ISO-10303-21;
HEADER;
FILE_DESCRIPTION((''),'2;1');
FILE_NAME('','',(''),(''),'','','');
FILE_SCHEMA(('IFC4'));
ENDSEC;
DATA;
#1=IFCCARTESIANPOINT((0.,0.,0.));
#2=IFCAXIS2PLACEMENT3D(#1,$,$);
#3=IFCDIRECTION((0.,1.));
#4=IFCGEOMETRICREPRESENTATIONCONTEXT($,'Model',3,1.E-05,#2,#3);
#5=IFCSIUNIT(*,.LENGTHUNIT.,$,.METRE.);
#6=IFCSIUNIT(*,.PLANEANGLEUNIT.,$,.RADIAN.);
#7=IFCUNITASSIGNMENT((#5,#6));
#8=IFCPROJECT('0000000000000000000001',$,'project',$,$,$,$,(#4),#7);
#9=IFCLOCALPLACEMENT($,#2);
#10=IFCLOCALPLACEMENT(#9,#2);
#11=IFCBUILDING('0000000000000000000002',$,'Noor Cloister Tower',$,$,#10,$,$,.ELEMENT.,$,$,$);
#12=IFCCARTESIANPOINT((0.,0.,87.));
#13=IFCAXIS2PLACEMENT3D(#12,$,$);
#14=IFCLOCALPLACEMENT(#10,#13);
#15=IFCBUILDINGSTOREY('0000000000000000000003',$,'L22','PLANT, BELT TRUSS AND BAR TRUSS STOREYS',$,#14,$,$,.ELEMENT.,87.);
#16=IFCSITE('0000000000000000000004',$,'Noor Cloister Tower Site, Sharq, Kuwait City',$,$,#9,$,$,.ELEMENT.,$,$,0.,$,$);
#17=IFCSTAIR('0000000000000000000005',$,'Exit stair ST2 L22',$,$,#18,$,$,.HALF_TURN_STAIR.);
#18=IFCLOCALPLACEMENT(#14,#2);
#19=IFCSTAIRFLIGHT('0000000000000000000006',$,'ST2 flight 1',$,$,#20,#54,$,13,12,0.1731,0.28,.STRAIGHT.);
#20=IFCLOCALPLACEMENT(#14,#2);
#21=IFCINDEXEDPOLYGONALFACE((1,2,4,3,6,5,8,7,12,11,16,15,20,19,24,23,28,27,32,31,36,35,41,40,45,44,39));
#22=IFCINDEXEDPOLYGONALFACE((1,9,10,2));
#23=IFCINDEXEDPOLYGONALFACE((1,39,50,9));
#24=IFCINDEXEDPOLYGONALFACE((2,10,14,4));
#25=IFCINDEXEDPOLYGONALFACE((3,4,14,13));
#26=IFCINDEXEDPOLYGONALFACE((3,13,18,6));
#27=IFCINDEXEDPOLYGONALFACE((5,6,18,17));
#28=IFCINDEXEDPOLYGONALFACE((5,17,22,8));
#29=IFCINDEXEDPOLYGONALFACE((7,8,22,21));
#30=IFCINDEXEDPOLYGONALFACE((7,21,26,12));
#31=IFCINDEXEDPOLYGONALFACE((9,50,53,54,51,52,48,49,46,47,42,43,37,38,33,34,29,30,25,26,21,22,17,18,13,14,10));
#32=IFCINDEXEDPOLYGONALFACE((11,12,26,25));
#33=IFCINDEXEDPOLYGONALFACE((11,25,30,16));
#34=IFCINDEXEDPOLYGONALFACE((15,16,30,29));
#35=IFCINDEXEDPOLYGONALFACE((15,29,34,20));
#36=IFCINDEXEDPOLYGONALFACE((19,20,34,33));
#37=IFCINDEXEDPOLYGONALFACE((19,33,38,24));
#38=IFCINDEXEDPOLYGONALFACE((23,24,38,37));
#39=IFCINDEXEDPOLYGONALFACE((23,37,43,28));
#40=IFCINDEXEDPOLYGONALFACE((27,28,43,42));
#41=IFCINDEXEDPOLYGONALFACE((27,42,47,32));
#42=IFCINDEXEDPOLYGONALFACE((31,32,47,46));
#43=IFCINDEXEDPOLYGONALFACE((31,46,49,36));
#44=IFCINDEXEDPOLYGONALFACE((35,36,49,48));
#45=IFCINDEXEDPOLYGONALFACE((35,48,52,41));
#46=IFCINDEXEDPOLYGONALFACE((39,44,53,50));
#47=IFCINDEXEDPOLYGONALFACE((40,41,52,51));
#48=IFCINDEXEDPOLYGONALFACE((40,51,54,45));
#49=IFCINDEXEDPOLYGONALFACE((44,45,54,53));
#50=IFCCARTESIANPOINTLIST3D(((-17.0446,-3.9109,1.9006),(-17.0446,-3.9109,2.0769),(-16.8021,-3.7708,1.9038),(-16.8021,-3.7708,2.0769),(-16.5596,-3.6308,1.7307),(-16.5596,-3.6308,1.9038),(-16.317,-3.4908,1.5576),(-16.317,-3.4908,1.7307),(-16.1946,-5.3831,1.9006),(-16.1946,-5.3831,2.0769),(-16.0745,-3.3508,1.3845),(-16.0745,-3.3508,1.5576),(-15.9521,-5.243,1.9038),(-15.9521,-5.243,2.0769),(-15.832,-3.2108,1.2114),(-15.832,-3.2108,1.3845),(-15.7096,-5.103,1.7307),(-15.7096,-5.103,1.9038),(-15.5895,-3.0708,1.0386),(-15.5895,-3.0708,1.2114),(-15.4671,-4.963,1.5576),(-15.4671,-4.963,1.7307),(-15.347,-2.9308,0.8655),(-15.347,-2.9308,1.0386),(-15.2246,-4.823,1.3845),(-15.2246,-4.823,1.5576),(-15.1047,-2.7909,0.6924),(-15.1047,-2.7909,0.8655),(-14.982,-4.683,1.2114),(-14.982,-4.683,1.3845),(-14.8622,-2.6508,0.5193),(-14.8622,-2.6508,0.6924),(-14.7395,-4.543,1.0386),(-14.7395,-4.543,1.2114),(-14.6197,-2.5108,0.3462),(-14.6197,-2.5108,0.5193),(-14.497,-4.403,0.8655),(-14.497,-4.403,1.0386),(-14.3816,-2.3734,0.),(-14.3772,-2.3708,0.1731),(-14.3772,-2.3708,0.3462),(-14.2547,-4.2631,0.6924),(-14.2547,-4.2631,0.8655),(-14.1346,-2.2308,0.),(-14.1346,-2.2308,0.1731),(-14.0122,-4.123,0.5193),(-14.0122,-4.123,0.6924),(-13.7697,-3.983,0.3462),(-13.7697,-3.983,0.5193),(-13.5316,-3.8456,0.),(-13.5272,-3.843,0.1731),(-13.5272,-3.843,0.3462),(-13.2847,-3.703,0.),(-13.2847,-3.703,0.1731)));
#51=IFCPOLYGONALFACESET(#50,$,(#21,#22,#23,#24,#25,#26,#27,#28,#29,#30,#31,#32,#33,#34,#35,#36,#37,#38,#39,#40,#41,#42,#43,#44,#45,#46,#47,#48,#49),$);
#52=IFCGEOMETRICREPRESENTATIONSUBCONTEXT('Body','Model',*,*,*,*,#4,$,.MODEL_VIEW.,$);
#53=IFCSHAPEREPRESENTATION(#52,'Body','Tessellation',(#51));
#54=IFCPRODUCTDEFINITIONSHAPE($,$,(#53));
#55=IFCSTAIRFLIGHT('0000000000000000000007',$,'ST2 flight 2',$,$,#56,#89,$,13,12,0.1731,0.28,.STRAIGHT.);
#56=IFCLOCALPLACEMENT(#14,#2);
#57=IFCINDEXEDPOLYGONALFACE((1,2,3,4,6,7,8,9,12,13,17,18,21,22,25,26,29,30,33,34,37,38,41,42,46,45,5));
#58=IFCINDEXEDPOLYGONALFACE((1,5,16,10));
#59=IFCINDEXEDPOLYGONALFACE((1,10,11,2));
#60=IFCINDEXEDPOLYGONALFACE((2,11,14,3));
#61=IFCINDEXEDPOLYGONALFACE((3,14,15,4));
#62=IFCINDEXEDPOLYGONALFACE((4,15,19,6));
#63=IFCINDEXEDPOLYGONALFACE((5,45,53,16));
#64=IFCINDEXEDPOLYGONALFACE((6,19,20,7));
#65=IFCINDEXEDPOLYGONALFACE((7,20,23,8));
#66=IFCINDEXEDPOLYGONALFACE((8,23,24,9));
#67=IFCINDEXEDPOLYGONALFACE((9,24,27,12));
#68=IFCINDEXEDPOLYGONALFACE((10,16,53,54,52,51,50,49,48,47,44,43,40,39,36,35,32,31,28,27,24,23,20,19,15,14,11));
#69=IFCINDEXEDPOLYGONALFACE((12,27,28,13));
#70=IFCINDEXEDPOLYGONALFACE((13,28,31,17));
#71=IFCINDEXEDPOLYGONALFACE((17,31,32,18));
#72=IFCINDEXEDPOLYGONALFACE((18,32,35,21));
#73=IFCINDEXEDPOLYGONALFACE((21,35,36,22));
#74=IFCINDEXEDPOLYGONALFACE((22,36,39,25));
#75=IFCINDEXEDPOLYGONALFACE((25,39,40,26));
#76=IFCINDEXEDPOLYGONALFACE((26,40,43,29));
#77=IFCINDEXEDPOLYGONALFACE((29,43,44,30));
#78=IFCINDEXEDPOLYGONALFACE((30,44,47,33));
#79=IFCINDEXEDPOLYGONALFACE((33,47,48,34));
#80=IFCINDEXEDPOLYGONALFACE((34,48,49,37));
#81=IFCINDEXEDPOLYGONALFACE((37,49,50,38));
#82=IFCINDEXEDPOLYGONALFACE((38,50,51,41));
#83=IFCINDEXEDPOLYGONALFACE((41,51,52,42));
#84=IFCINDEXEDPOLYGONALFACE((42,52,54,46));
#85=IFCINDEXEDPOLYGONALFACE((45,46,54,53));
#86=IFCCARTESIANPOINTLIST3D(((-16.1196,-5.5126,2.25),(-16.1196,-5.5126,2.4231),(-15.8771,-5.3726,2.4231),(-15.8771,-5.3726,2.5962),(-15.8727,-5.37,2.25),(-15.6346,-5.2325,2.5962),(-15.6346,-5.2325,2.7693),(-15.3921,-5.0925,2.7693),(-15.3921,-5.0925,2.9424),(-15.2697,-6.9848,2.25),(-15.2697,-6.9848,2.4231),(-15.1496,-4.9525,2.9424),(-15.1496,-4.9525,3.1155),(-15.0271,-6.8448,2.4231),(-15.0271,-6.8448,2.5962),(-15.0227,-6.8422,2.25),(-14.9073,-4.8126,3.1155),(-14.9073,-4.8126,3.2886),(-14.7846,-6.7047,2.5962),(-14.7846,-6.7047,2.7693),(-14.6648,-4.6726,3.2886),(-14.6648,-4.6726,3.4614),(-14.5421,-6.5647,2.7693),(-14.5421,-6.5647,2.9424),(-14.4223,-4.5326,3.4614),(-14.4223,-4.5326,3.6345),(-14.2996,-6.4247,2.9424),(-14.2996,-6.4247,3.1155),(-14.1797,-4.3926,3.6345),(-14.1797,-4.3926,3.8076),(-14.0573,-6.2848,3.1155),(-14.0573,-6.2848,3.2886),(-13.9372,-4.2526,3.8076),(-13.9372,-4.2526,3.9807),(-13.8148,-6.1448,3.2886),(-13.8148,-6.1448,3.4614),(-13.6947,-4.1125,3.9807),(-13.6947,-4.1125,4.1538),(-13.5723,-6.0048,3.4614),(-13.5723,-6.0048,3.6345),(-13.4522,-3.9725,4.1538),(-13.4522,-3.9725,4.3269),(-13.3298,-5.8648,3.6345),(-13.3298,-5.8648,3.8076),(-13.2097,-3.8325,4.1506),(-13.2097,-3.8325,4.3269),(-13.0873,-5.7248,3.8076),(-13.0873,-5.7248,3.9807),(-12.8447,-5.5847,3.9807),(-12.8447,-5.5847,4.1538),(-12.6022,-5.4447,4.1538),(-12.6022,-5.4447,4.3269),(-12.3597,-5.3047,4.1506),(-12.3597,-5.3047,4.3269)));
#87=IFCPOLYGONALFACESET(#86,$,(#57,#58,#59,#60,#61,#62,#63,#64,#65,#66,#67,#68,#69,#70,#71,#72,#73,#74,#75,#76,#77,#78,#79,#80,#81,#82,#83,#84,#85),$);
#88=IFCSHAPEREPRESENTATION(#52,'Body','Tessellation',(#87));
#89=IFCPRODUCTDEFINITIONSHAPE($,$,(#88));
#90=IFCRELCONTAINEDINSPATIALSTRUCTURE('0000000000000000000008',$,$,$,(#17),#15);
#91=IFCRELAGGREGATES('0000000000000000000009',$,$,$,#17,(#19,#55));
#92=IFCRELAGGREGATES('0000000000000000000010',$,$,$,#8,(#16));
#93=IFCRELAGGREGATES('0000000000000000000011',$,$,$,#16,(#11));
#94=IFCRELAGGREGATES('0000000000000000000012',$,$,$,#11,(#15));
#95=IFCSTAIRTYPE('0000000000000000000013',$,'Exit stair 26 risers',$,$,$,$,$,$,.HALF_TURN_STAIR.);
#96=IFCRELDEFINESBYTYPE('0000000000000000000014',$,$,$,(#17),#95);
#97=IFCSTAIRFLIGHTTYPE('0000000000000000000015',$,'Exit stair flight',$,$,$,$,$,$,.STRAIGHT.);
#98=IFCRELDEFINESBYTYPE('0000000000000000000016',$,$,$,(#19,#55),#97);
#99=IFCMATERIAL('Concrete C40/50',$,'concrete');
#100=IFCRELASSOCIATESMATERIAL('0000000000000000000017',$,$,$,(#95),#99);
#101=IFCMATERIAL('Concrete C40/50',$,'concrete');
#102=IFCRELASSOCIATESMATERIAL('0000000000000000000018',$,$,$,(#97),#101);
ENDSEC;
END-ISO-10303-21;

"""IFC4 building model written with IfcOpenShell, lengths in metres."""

from ifc_helpers import new_model, si_unit, direction, frame, origin, place, context, subcontext, project, spatial, polyline, outline, extrude, material, type_object, element, aggregate, save


model = new_model("IFC4")

# Units and contexts
model_context = context("Model", 3, precision=1e-05, world=origin(), true_north=direction((0.0, 1.0)))
body_context = subcontext(model_context, "Body", "Model", "MODEL_VIEW")
ifc_project = project(units=[si_unit("LENGTHUNIT", "METRE"), si_unit("PLANEANGLEUNIT", "RADIAN")], contexts=[model_context])

# Site, building, storey
site_placement = place(None, origin())
site = spatial("IfcSite", under=ifc_project, at=site_placement, Name="Noor Cloister Tower Site, Sharq, Kuwait City", CompositionType="ELEMENT", RefElevation=0.0)
building_placement = place(site_placement, origin())
building = spatial("IfcBuilding", under=site, at=building_placement, Name="Noor Cloister Tower", CompositionType="ELEMENT")
storey_placement = place(building_placement, frame((0.0, 0.0, 87.0)))
storey = spatial("IfcBuildingStorey", under=building, at=storey_placement, Name="L22", Description="PLANT, BELT TRUSS AND BAR TRUSS STOREYS", CompositionType="ELEMENT", Elevation=87.0)

# Stair, stair flights
ifc_material_1 = material(Name="Concrete C40/50", Category="concrete")
stair_type = type_object("IfcStairType", Name="Exit stair 26 risers", PredefinedType="HALF_TURN_STAIR", material=ifc_material_1)
stair_placement = place(storey_placement, origin())
stair = element("IfcStair", 1, at=stair_placement, inside=storey, type_object=stair_type, Name="Exit stair ST2 L22", PredefinedType="HALF_TURN_STAIR")
ifc_material_2 = material(Name="Concrete C40/50", Category="concrete")
stair_flight_type = type_object("IfcStairFlightType", Name="Exit stair flight", PredefinedType="STRAIGHT", material=ifc_material_2)
stair_flight_1_placement = place(storey_placement, frame((-13.7097, -2.9668, 0.0), z_axis=(0.0, 0.0, 1.0), x_axis=(-0.866025, -0.5, 0.0)))
stair_flight_1 = element("IfcStairFlight", 2, at=stair_flight_1_placement, type_object=stair_flight_type, Name="ST2 flight 1", NumberOfRisers=13, NumberOfTreads=12, PredefinedType="STRAIGHT", RiserHeight=0.1731, TreadLength=0.28, context=body_context, shape_type="SweptSolid", body=[
    extrude(outline(polyline([(0.0, 0.0), (0.0, 0.1731), (0.28, 0.1731), (0.28, 0.3462), (0.5601, 0.3462), (0.5601, 0.5193), (0.8401, 0.5193), (0.8401, 0.6924), (1.1201, 0.6924), (1.1201, 0.8655), (1.3999, 0.8655), (1.3999, 1.0386), (1.6799, 1.0386), (1.6799, 1.2114), (1.96, 1.2114), (1.96, 1.3845), (2.24, 1.3845), (2.24, 1.5576), (2.52, 1.5576), (2.52, 1.7307), (2.8, 1.7307), (2.8, 1.9038), (3.0801, 1.9038), (3.0801, 2.0769), (3.3601, 2.0769), (3.3601, 2.25), (3.3601, 1.9006), (0.2852, 0.0), (0.0, 0.0)])), frame((0.0, 0.8501, 0.0), z_axis=(0.0, -1.0, 0.0), x_axis=(1.0, 0.0, 0.0)), (0.0, 0.0, 1.0), 1.7),
])
stair_flight_2_placement = place(storey_placement, frame((-15.6946, -6.2488, 2.25), z_axis=(0.0, 0.0, 1.0), x_axis=(0.866025, 0.5, 0.0)))
stair_flight_2 = element("IfcStairFlight", 3, at=stair_flight_2_placement, type_object=stair_flight_type, Name="ST2 flight 2", NumberOfRisers=13, NumberOfTreads=12, PredefinedType="STRAIGHT", RiserHeight=0.1731, TreadLength=0.28, context=body_context, shape_type="SweptSolid", body=[
    extrude(outline(polyline([(0.0, 0.0), (0.0, 0.1731), (0.28, 0.1731), (0.28, 0.3462), (0.5601, 0.3462), (0.5601, 0.5193), (0.8401, 0.5193), (0.8401, 0.6924), (1.1201, 0.6924), (1.1201, 0.8655), (1.3999, 0.8655), (1.3999, 1.0386), (1.6799, 1.0386), (1.6799, 1.2114), (1.96, 1.2114), (1.96, 1.3845), (2.24, 1.3845), (2.24, 1.5576), (2.52, 1.5576), (2.52, 1.7307), (2.8, 1.7307), (2.8, 1.9038), (3.0801, 1.9038), (3.0801, 2.0769), (3.3601, 2.0769), (3.3601, 2.25), (3.3601, 1.9006), (0.2852, 0.0), (0.0, 0.0)])), frame((0.0, 0.8501, 0.0), z_axis=(0.0, -1.0, 0.0), x_axis=(1.0, 0.0, 0.0)), (0.0, 0.0, 1.0), 1.7),
])
aggregate(stair, [stair_flight_1, stair_flight_2])

save(model, "model.ifc")
